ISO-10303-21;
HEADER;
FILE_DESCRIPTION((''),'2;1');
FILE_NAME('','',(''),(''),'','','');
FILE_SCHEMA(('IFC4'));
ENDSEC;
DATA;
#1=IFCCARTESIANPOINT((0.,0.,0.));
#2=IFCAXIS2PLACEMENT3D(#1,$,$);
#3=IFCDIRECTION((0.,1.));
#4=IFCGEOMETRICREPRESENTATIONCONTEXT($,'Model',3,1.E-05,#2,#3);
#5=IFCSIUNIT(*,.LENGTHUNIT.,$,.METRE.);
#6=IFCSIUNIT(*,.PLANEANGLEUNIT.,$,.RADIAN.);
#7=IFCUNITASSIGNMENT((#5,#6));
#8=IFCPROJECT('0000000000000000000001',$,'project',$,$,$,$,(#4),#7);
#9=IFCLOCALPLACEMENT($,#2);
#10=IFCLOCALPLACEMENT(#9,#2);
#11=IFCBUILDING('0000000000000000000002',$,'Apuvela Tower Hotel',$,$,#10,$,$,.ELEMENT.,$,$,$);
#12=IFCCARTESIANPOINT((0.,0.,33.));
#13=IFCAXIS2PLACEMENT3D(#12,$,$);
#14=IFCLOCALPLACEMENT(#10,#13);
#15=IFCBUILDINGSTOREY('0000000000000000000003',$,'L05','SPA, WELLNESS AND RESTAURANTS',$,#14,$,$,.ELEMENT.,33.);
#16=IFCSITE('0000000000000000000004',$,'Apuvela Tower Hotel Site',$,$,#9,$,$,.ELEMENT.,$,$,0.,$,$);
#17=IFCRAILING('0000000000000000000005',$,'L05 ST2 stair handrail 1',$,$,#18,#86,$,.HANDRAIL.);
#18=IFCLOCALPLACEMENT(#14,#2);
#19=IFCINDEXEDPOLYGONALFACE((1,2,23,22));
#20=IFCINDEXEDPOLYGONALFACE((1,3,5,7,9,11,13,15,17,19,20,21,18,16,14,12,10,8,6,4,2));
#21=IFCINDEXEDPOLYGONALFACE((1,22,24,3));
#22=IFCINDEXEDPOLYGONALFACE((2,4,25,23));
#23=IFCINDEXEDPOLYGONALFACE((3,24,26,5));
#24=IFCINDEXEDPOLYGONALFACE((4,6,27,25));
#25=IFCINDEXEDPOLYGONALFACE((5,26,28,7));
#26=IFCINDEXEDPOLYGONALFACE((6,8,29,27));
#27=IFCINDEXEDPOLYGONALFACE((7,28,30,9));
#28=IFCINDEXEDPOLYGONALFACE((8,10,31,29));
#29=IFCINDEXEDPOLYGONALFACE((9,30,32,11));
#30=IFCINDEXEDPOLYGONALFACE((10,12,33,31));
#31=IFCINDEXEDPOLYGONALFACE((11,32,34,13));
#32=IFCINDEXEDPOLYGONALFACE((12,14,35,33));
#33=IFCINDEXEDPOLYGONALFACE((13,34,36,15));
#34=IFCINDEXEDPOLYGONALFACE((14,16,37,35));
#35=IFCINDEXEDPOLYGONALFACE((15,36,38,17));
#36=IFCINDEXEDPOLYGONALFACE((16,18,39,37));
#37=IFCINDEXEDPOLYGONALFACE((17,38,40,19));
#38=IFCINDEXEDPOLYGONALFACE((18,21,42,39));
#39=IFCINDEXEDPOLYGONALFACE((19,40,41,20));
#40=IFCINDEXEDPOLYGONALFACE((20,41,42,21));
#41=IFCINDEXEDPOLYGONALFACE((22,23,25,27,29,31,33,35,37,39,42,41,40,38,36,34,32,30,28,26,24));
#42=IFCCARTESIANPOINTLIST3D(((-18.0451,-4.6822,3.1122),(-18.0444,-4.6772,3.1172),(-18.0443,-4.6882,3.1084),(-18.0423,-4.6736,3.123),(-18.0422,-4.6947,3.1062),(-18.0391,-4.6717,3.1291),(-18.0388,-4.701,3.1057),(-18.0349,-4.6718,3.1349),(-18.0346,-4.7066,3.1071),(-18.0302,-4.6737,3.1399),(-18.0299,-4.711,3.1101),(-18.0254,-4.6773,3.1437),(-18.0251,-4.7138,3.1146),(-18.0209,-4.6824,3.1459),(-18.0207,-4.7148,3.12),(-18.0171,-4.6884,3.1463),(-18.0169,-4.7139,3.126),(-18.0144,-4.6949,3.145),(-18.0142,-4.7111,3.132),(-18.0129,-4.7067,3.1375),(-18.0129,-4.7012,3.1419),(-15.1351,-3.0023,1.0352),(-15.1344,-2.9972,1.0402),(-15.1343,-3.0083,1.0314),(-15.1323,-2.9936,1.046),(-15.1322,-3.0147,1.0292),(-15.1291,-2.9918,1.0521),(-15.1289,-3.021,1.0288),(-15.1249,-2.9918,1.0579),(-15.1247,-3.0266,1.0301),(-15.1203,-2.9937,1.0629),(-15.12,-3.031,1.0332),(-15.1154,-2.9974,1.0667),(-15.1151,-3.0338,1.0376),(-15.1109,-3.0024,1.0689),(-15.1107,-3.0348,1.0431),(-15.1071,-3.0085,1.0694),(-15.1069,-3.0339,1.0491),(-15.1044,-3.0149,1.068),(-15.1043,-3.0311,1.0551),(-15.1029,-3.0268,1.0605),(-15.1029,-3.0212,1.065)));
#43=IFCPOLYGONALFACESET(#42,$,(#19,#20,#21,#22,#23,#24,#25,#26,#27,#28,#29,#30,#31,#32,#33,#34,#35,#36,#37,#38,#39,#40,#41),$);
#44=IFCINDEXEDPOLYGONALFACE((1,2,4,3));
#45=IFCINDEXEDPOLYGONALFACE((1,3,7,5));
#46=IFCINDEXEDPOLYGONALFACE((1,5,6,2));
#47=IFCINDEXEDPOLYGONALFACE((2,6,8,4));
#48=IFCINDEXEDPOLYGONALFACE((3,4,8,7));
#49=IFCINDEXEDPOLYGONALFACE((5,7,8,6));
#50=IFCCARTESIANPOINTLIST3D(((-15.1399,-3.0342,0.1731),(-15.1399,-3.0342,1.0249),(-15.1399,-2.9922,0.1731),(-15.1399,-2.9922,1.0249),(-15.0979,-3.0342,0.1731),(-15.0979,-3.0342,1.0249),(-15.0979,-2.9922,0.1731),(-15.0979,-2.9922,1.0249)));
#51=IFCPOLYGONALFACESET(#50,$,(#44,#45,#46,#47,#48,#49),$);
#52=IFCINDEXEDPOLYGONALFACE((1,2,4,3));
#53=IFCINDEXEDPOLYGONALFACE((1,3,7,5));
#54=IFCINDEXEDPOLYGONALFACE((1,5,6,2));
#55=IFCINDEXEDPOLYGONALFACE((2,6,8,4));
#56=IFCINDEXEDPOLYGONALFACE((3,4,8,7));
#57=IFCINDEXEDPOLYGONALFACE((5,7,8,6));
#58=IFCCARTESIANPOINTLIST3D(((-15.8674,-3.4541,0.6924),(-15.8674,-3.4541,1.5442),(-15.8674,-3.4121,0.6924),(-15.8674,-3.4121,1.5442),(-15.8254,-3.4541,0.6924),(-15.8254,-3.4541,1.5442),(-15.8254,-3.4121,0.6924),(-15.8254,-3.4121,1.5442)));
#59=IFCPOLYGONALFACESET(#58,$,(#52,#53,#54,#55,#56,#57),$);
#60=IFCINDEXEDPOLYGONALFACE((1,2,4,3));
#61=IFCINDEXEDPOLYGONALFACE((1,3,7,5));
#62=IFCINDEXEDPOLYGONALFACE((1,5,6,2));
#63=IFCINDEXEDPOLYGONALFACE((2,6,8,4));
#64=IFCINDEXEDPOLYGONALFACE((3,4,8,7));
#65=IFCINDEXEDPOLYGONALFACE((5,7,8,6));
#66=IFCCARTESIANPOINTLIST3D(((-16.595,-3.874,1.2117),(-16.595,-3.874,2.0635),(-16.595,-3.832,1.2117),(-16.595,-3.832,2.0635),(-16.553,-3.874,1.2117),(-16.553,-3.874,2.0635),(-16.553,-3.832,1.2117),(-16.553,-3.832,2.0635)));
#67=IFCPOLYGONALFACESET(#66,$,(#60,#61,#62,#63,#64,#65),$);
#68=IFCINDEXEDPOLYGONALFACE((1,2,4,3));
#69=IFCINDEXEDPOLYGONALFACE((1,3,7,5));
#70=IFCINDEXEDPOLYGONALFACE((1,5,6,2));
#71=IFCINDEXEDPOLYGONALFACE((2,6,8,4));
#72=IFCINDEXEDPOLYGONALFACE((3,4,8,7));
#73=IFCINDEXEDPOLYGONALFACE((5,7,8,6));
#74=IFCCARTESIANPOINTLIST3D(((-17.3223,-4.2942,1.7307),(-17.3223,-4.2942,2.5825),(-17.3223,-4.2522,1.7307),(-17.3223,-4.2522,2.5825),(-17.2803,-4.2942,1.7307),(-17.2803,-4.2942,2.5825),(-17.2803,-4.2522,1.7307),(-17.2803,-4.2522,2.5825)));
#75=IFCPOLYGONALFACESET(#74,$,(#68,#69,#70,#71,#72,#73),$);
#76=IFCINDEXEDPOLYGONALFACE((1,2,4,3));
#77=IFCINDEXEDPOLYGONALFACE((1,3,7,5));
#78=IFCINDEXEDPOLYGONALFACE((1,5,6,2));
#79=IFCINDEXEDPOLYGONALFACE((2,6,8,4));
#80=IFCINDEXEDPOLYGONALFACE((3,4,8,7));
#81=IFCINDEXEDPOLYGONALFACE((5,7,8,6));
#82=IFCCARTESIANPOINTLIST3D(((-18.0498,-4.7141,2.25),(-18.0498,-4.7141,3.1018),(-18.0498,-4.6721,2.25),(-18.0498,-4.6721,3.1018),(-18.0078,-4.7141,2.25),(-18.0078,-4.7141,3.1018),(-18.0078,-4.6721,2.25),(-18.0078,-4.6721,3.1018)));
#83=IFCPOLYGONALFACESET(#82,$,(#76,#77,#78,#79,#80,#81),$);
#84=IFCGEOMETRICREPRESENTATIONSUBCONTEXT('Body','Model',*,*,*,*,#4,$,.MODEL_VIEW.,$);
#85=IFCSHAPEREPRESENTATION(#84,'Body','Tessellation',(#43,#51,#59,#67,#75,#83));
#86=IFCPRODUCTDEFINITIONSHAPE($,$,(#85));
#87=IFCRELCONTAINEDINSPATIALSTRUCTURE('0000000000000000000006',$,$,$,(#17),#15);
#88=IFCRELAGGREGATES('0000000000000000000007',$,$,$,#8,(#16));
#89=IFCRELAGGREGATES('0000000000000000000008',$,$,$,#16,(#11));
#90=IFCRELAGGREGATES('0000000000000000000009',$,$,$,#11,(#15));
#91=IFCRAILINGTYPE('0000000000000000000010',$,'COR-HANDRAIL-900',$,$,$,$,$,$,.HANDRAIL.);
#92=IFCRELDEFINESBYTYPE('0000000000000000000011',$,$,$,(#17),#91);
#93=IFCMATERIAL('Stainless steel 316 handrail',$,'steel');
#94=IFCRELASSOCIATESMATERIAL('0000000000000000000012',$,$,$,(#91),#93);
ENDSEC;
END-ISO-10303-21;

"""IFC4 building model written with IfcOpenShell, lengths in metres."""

from ifc_helpers import new_model, si_unit, direction, frame, origin, origin_2d, place, context, subcontext, project, spatial, rectangle, circle, extrude, material, type_object, element, save


model = new_model("IFC4")

# Units and contexts
model_context = context("Model", 3, precision=1e-05, world=origin(), true_north=direction((0.0, 1.0)))
body_context = subcontext(model_context, "Body", "Model", "MODEL_VIEW")
ifc_project = project(units=[si_unit("LENGTHUNIT", "METRE"), si_unit("PLANEANGLEUNIT", "RADIAN")], contexts=[model_context])

# Site, building, storey
site_placement = place(None, origin())
site = spatial("IfcSite", under=ifc_project, at=site_placement, Name="Apuvela Tower Hotel Site", CompositionType="ELEMENT", RefElevation=0.0)
building_placement = place(site_placement, origin())
building = spatial("IfcBuilding", under=site, at=building_placement, Name="Apuvela Tower Hotel", CompositionType="ELEMENT")
storey_placement = place(building_placement, frame((0.0, 0.0, 33.0)))
storey = spatial("IfcBuildingStorey", under=building, at=storey_placement, Name="L05", Description="SPA, WELLNESS AND RESTAURANTS", CompositionType="ELEMENT", Elevation=33.0)

# Railing
ifc_material_1 = material(Name="Stainless steel 316 handrail", Category="steel")
railing_type_1 = type_object("IfcRailingType", Name="COR-HANDRAIL-900", PredefinedType="HANDRAIL", material=ifc_material_1)
railing_1_placement = place(storey_placement, frame((-15.1189, -3.0132, 0.1731)))
element("IfcRailing", 1, at=railing_1_placement, inside=storey, type_object=railing_type_1, Name="L05 ST2 stair handrail 1", PredefinedType="HANDRAIL", context=body_context, shape_type="SweptSolid", body=[
    extrude(circle(Radius=0.0239, at=origin_2d()), frame((0.0, 0.0, 0.876), z_axis=(-0.736668, -0.425288, 0.525785), x_axis=(0.499976, -0.866039, 0.0)), (0.0, 0.0, 1.0), 3.9502),
    extrude(rectangle(XDim=0.042, YDim=0.042, at=origin_2d()), origin(), (0.0, 0.0, 1.0), 0.8518),
    extrude(rectangle(XDim=0.042, YDim=0.042, at=origin_2d()), frame((-0.7275, -0.4199, 0.5193)), (0.0, 0.0, 1.0), 0.8518),
    extrude(rectangle(XDim=0.042, YDim=0.042, at=origin_2d()), frame((-1.4551, -0.8398, 1.0386)), (0.0, 0.0, 1.0), 0.8518),
    extrude(rectangle(XDim=0.042, YDim=0.042, at=origin_2d()), frame((-2.1824, -1.26, 1.5576)), (0.0, 0.0, 1.0), 0.8518),
    extrude(rectangle(XDim=0.042, YDim=0.042, at=origin_2d()), frame((-2.9099, -1.6799, 2.0769)), (0.0, 0.0, 1.0), 0.8518),
])

save(model, "model.ifc")
